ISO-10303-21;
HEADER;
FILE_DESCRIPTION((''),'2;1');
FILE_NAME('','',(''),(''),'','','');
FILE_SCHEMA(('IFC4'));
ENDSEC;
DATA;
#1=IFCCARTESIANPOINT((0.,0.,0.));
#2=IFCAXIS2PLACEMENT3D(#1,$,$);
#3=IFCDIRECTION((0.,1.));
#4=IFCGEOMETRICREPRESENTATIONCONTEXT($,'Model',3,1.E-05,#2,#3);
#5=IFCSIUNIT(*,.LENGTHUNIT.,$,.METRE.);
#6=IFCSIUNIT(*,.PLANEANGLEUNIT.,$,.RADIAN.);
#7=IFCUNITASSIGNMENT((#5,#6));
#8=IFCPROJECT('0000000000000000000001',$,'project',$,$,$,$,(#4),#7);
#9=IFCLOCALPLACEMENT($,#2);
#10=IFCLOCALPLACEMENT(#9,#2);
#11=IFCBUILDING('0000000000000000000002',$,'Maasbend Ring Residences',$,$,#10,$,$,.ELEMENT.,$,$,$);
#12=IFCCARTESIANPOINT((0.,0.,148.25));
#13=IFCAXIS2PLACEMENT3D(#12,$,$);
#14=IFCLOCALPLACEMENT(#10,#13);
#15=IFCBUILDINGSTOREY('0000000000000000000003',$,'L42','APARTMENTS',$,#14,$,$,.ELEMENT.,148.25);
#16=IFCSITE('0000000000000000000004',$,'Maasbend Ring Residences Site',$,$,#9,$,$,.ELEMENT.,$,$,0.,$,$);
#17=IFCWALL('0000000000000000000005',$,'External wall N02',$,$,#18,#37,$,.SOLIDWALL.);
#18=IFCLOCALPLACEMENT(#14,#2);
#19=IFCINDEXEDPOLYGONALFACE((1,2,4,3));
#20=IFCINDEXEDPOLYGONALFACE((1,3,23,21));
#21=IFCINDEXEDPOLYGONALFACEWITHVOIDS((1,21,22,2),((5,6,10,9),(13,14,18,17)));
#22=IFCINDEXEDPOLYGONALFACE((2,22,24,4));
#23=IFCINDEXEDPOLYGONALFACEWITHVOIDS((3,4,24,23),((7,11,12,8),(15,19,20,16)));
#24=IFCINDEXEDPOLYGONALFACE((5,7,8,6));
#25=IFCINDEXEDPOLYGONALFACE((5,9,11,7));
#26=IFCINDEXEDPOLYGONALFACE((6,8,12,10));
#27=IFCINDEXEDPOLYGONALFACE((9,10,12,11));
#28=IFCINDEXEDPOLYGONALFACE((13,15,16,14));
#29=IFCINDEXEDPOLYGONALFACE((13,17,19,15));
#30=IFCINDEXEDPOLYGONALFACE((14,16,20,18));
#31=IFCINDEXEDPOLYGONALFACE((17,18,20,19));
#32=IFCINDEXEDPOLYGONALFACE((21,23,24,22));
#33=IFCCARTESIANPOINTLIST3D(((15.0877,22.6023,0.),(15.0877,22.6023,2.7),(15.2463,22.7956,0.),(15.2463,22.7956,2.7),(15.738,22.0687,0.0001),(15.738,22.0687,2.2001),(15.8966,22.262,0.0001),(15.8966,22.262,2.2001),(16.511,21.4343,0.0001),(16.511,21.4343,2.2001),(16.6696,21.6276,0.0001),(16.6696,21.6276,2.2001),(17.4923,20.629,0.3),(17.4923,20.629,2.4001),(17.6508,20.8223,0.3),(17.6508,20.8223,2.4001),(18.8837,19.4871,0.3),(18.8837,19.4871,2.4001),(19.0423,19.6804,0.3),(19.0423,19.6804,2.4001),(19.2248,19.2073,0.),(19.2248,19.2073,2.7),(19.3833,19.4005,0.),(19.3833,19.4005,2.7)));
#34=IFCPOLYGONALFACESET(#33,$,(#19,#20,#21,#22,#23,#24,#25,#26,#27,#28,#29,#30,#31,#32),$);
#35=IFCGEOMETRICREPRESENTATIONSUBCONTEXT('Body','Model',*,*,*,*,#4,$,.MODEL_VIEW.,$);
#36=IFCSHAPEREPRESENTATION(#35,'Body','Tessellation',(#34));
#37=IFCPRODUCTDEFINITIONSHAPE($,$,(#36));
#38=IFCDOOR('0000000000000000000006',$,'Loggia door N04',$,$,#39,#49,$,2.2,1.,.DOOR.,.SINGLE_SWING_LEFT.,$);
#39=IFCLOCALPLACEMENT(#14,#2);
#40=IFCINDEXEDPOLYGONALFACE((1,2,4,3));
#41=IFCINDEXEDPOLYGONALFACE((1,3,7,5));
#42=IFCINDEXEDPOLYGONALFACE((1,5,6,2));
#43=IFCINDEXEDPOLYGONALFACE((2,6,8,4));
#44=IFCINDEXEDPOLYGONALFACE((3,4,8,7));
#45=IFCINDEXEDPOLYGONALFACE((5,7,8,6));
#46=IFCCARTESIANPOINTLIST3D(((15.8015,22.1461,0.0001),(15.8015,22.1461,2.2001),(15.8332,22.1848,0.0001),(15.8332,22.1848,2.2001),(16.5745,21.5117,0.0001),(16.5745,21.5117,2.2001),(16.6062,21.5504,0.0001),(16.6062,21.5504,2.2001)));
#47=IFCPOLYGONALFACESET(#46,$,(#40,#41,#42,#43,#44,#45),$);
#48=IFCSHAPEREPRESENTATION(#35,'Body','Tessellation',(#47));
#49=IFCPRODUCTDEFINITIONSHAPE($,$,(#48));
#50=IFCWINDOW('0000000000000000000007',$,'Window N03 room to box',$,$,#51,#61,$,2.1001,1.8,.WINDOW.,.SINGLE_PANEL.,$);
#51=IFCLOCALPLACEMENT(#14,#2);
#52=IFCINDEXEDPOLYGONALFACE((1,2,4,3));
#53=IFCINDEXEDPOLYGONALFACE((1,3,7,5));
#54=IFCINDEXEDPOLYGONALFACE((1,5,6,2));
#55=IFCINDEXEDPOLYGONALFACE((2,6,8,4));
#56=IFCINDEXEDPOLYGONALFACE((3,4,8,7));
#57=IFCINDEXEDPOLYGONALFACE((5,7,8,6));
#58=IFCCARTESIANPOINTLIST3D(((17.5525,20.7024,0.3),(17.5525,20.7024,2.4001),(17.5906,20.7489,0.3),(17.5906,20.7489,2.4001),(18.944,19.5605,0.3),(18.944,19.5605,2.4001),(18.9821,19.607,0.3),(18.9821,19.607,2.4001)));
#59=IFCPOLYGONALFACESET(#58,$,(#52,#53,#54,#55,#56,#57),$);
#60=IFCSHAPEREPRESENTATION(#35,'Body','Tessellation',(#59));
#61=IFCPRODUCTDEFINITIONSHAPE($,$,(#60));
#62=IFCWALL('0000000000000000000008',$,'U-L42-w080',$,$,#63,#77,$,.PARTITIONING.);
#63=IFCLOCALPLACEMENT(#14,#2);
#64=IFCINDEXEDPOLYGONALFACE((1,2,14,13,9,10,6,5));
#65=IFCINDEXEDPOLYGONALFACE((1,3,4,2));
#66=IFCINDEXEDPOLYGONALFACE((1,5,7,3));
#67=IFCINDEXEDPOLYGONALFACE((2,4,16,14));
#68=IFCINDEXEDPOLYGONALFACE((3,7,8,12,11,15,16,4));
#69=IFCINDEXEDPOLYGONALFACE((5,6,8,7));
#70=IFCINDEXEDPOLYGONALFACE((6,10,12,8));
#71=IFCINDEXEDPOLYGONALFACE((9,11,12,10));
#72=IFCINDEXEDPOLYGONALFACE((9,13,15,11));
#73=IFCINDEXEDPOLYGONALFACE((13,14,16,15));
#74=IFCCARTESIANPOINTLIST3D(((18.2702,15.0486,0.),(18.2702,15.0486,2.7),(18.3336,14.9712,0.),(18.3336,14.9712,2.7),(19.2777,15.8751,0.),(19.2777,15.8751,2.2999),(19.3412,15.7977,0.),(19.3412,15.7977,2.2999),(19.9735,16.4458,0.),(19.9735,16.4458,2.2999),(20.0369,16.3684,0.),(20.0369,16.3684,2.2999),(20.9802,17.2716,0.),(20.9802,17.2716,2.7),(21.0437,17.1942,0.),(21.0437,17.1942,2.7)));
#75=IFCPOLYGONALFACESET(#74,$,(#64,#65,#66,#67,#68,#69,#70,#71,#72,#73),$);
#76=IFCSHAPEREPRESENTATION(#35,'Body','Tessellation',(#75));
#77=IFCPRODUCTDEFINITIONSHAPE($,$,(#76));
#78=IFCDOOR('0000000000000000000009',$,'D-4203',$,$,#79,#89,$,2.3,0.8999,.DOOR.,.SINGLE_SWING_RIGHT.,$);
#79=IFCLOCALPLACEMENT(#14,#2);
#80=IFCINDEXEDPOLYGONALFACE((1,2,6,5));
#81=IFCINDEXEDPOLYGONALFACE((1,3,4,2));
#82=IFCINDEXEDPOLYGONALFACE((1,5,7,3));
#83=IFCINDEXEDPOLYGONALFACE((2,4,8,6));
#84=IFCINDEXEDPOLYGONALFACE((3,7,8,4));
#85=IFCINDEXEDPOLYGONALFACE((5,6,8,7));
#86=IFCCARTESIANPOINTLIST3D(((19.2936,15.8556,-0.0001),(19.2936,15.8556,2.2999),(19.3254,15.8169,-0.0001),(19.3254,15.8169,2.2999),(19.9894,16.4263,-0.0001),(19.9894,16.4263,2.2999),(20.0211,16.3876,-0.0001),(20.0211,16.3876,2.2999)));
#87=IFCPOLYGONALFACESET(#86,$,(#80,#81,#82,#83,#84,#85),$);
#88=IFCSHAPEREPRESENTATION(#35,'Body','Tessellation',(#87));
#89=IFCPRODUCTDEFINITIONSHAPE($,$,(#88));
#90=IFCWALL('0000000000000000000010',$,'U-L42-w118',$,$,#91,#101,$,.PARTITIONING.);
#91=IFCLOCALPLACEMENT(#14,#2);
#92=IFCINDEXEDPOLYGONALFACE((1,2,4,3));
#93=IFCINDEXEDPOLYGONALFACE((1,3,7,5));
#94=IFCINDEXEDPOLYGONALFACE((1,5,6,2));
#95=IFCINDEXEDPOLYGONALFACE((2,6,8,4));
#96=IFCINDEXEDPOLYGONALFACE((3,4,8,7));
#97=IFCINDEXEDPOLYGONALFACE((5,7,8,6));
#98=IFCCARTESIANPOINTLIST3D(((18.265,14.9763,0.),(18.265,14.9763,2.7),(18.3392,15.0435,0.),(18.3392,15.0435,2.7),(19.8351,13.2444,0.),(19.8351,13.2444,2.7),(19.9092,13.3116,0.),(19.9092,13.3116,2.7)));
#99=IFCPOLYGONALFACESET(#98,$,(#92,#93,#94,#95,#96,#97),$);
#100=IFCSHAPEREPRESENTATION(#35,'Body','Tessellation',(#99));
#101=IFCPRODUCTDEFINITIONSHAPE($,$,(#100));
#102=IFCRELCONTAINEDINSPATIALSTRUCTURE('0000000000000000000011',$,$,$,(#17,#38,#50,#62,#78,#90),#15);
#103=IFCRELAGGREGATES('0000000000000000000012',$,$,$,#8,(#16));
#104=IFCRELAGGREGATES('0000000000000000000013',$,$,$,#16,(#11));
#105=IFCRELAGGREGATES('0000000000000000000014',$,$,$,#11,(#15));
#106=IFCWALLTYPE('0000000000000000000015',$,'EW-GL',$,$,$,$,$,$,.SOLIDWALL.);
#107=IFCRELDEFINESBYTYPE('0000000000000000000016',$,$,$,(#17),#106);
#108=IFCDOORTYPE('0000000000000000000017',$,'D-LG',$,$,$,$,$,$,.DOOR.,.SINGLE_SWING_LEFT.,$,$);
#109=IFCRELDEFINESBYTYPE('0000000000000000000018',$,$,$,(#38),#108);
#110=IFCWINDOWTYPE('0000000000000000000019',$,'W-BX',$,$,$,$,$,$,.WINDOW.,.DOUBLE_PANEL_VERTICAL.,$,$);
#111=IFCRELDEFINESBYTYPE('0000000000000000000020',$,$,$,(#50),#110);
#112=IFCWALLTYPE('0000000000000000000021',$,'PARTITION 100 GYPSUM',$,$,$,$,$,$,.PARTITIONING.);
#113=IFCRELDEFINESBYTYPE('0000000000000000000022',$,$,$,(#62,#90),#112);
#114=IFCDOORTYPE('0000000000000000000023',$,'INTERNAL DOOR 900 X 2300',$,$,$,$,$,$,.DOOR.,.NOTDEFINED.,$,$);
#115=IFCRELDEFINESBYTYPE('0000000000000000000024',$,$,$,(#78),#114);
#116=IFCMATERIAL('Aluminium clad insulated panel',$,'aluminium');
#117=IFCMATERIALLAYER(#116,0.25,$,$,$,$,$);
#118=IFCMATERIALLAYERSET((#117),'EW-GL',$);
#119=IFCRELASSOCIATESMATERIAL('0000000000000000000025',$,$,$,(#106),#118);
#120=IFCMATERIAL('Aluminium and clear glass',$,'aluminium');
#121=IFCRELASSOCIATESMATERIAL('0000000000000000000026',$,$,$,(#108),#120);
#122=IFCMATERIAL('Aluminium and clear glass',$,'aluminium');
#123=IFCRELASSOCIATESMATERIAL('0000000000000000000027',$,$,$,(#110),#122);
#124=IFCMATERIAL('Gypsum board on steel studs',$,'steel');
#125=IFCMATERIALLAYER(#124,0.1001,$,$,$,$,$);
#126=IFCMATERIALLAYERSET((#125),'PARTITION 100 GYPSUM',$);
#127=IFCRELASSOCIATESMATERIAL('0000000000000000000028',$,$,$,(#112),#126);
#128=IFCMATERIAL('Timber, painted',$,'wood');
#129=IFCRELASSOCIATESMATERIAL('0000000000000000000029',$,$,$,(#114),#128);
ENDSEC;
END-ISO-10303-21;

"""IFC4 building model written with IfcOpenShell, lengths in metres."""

from ifc_helpers import new_model, si_unit, direction, frame, frame_2d, origin, place, context, subcontext, project, spatial, rectangle, extrude, material, layer, layer_set, type_object, element, fill, save


model = new_model("IFC4")

# Units and contexts
model_context = context("Model", 3, precision=1e-05, world=origin(), true_north=direction((0.0, 1.0)))
body_context = subcontext(model_context, "Body", "Model", "MODEL_VIEW")
ifc_project = project(units=[si_unit("LENGTHUNIT", "METRE"), si_unit("PLANEANGLEUNIT", "RADIAN")], contexts=[model_context])

# Site, building, storey
site_placement = place(None, origin())
site = spatial("IfcSite", under=ifc_project, at=site_placement, Name="Maasbend Ring Residences Site", CompositionType="ELEMENT", RefElevation=0.0)
building_placement = place(site_placement, origin())
building = spatial("IfcBuilding", under=site, at=building_placement, Name="Maasbend Ring Residences", CompositionType="ELEMENT")
storey_placement = place(building_placement, frame((0.0, 0.0, 148.25)))
storey = spatial("IfcBuildingStorey", under=building, at=storey_placement, Name="L42", Description="APARTMENTS", CompositionType="ELEMENT", Elevation=148.25)

# Wall, openings, door, window
ifc_material_1 = material(Name="Aluminium clad insulated panel", Category="aluminium")
ifc_layer_1 = layer(ifc_material_1, 0.25)
ifc_layer_set_1 = layer_set([ifc_layer_1], Name="EW-GL")
wall_type_1 = type_object("IfcWallType", Name="EW-GL", PredefinedType="SOLIDWALL", material=ifc_layer_set_1)
ifc_material_2 = material(Name="Aluminium and clear glass", Category="aluminium")
door_type_1 = type_object("IfcDoorType", Name="D-LG", OperationType="SINGLE_SWING_LEFT", PredefinedType="DOOR", material=ifc_material_2)
ifc_material_3 = material(Name="Aluminium and clear glass", Category="aluminium")
window_type_1 = type_object("IfcWindowType", Name="W-BX", PartitioningType="DOUBLE_PANEL_VERTICAL", PredefinedType="WINDOW", material=ifc_material_3)
wall_1_placement = place(storey_placement, frame((19.304, 19.304, 0.0), z_axis=(0.0, 0.0, 1.0), x_axis=(-0.773019, 0.634382, 0.0)))
wall_1 = element("IfcWall", 1, at=wall_1_placement, inside=storey, type_object=wall_type_1, Name="External wall N02", PredefinedType="SOLIDWALL", context=body_context, shape_type="SweptSolid", body=[
    extrude(rectangle(XDim=5.3518, YDim=0.25, at=frame_2d((2.6758, 0.0))), origin(), (0.0, 0.0, 1.0), 2.7),
])
opening_1_placement = place(wall_1_placement, frame((0.4412, 0.0, 0.3)))
opening_1 = element("IfcOpeningElement", 2, at=opening_1_placement, cuts=wall_1, PredefinedType="OPENING", context=body_context, shape_type="SweptSolid", body=[
    extrude(rectangle(XDim=1.8, YDim=2.1001, at=frame_2d((0.8999, 1.05))), frame((0.0, 0.135, 0.0), z_axis=(0.0, -1.0, 0.0), x_axis=(1.0, 0.0, 0.0)), (0.0, 0.0, 1.0), 0.27),
])
opening_2_placement = place(wall_1_placement, frame((3.5105, 0.0, 0.0)))
opening_2 = element("IfcOpeningElement", 3, at=opening_2_placement, cuts=wall_1, PredefinedType="OPENING", context=body_context, shape_type="SweptSolid", body=[
    extrude(rectangle(XDim=1.0, YDim=2.2, at=frame_2d((0.5, 1.1001))), frame((0.0, 0.135, 0.0), z_axis=(0.0, -1.0, 0.0), x_axis=(1.0, 0.0, 0.0)), (0.0, 0.0, 1.0), 0.27),
])
door_1_placement = place(opening_2_placement, origin())
door_1 = element("IfcDoor", 4, at=door_1_placement, inside=storey, type_object=door_type_1, Name="Loggia door N04", OperationType="SINGLE_SWING_LEFT", OverallHeight=2.2, OverallWidth=1.0, PredefinedType="DOOR", context=body_context, shape_type="SweptSolid", body=[
    extrude(rectangle(XDim=1.0, YDim=2.2, at=frame_2d((0.5, 1.1001))), frame((0.0, 0.0249, 0.0), z_axis=(0.0, -1.0, 0.0), x_axis=(1.0, 0.0, 0.0)), (0.0, 0.0, 1.0), 0.05),
])
fill(opening_2, door_1)
window_1_placement = place(opening_1_placement, origin())
window_1 = element("IfcWindow", 5, at=window_1_placement, inside=storey, type_object=window_type_1, Name="Window N03 room to box", OverallHeight=2.1001, OverallWidth=1.8, PartitioningType="SINGLE_PANEL", PredefinedType="WINDOW", context=body_context, shape_type="SweptSolid", body=[
    extrude(rectangle(XDim=1.8, YDim=2.1001, at=frame_2d((0.8999, 1.05))), frame((0.0, 0.03, 0.0), z_axis=(0.0, -1.0, 0.0), x_axis=(1.0, 0.0, 0.0)), (0.0, 0.0, 1.0), 0.0601),
])
fill(opening_1, window_1)

# Wall, opening, door
ifc_material_4 = material(Name="Gypsum board on steel studs", Category="steel")
ifc_layer_2 = layer(ifc_material_4, 0.1001)
ifc_layer_set_2 = layer_set([ifc_layer_2], Name="PARTITION 100 GYPSUM")
wall_type_2 = type_object("IfcWallType", Name="PARTITION 100 GYPSUM", PredefinedType="PARTITIONING", material=ifc_layer_set_2)
wall_2_placement = place(storey_placement, frame((18.302, 15.01, 0.0), z_axis=(0.0, 0.0, 1.0), x_axis=(0.773165, 0.634205, 0.0)))
wall_2 = element("IfcWall", 6, at=wall_2_placement, inside=storey, type_object=wall_type_2, Name="U-L42-w080", PredefinedType="PARTITIONING", context=body_context, shape_type="SweptSolid", body=[
    extrude(rectangle(XDim=3.5051, YDim=0.1001, at=frame_2d((1.7524, 0.0))), origin(), (0.0, 0.0, 1.0), 2.7),
])
opening_3_placement = place(wall_2_placement, frame((1.303, 0.0, 0.0)))
opening_3 = element("IfcOpeningElement", 7, at=opening_3_placement, cuts=wall_2, PredefinedType="OPENING", context=body_context, shape_type="SweptSolid", body=[
    extrude(rectangle(XDim=0.8999, YDim=2.3, at=frame_2d((0.45, 1.1499))), frame((0.0, 0.0601, 0.0), z_axis=(0.0, -1.0, 0.0), x_axis=(1.0, 0.0, 0.0)), (0.0, 0.0, 1.0), 0.1201),
])
ifc_material_5 = material(Name="Timber, painted", Category="wood")
door_type_2 = type_object("IfcDoorType", Name="INTERNAL DOOR 900 X 2300", OperationType="NOTDEFINED", PredefinedType="DOOR", material=ifc_material_5)
door_2_placement = place(opening_3_placement, origin())
door_2 = element("IfcDoor", 8, at=door_2_placement, inside=storey, type_object=door_type_2, Name="D-4203", OperationType="SINGLE_SWING_RIGHT", OverallHeight=2.3, OverallWidth=0.8999, PredefinedType="DOOR", context=body_context, shape_type="SweptSolid", body=[
    extrude(rectangle(XDim=0.8999, YDim=2.3, at=frame_2d((0.45, 1.1499))), frame((0.0, 0.0249, 0.0), z_axis=(0.0, -1.0, 0.0), x_axis=(1.0, 0.0, 0.0)), (0.0, 0.0, 1.0), 0.05),
])
fill(opening_3, door_2)

# Wall
wall_3_placement = place(storey_placement, frame((18.302, 15.01, 0.0), z_axis=(0.0, 0.0, 1.0), x_axis=(0.671638, -0.74088, 0.0)))
element("IfcWall", 9, at=wall_3_placement, inside=storey, type_object=wall_type_2, Name="U-L42-w118", PredefinedType="PARTITIONING", context=body_context, shape_type="SweptSolid", body=[
    extrude(rectangle(XDim=2.3376, YDim=0.1001, at=frame_2d((1.1689, 0.0))), origin(), (0.0, 0.0, 1.0), 2.7),
])

save(model, "model.ifc")
